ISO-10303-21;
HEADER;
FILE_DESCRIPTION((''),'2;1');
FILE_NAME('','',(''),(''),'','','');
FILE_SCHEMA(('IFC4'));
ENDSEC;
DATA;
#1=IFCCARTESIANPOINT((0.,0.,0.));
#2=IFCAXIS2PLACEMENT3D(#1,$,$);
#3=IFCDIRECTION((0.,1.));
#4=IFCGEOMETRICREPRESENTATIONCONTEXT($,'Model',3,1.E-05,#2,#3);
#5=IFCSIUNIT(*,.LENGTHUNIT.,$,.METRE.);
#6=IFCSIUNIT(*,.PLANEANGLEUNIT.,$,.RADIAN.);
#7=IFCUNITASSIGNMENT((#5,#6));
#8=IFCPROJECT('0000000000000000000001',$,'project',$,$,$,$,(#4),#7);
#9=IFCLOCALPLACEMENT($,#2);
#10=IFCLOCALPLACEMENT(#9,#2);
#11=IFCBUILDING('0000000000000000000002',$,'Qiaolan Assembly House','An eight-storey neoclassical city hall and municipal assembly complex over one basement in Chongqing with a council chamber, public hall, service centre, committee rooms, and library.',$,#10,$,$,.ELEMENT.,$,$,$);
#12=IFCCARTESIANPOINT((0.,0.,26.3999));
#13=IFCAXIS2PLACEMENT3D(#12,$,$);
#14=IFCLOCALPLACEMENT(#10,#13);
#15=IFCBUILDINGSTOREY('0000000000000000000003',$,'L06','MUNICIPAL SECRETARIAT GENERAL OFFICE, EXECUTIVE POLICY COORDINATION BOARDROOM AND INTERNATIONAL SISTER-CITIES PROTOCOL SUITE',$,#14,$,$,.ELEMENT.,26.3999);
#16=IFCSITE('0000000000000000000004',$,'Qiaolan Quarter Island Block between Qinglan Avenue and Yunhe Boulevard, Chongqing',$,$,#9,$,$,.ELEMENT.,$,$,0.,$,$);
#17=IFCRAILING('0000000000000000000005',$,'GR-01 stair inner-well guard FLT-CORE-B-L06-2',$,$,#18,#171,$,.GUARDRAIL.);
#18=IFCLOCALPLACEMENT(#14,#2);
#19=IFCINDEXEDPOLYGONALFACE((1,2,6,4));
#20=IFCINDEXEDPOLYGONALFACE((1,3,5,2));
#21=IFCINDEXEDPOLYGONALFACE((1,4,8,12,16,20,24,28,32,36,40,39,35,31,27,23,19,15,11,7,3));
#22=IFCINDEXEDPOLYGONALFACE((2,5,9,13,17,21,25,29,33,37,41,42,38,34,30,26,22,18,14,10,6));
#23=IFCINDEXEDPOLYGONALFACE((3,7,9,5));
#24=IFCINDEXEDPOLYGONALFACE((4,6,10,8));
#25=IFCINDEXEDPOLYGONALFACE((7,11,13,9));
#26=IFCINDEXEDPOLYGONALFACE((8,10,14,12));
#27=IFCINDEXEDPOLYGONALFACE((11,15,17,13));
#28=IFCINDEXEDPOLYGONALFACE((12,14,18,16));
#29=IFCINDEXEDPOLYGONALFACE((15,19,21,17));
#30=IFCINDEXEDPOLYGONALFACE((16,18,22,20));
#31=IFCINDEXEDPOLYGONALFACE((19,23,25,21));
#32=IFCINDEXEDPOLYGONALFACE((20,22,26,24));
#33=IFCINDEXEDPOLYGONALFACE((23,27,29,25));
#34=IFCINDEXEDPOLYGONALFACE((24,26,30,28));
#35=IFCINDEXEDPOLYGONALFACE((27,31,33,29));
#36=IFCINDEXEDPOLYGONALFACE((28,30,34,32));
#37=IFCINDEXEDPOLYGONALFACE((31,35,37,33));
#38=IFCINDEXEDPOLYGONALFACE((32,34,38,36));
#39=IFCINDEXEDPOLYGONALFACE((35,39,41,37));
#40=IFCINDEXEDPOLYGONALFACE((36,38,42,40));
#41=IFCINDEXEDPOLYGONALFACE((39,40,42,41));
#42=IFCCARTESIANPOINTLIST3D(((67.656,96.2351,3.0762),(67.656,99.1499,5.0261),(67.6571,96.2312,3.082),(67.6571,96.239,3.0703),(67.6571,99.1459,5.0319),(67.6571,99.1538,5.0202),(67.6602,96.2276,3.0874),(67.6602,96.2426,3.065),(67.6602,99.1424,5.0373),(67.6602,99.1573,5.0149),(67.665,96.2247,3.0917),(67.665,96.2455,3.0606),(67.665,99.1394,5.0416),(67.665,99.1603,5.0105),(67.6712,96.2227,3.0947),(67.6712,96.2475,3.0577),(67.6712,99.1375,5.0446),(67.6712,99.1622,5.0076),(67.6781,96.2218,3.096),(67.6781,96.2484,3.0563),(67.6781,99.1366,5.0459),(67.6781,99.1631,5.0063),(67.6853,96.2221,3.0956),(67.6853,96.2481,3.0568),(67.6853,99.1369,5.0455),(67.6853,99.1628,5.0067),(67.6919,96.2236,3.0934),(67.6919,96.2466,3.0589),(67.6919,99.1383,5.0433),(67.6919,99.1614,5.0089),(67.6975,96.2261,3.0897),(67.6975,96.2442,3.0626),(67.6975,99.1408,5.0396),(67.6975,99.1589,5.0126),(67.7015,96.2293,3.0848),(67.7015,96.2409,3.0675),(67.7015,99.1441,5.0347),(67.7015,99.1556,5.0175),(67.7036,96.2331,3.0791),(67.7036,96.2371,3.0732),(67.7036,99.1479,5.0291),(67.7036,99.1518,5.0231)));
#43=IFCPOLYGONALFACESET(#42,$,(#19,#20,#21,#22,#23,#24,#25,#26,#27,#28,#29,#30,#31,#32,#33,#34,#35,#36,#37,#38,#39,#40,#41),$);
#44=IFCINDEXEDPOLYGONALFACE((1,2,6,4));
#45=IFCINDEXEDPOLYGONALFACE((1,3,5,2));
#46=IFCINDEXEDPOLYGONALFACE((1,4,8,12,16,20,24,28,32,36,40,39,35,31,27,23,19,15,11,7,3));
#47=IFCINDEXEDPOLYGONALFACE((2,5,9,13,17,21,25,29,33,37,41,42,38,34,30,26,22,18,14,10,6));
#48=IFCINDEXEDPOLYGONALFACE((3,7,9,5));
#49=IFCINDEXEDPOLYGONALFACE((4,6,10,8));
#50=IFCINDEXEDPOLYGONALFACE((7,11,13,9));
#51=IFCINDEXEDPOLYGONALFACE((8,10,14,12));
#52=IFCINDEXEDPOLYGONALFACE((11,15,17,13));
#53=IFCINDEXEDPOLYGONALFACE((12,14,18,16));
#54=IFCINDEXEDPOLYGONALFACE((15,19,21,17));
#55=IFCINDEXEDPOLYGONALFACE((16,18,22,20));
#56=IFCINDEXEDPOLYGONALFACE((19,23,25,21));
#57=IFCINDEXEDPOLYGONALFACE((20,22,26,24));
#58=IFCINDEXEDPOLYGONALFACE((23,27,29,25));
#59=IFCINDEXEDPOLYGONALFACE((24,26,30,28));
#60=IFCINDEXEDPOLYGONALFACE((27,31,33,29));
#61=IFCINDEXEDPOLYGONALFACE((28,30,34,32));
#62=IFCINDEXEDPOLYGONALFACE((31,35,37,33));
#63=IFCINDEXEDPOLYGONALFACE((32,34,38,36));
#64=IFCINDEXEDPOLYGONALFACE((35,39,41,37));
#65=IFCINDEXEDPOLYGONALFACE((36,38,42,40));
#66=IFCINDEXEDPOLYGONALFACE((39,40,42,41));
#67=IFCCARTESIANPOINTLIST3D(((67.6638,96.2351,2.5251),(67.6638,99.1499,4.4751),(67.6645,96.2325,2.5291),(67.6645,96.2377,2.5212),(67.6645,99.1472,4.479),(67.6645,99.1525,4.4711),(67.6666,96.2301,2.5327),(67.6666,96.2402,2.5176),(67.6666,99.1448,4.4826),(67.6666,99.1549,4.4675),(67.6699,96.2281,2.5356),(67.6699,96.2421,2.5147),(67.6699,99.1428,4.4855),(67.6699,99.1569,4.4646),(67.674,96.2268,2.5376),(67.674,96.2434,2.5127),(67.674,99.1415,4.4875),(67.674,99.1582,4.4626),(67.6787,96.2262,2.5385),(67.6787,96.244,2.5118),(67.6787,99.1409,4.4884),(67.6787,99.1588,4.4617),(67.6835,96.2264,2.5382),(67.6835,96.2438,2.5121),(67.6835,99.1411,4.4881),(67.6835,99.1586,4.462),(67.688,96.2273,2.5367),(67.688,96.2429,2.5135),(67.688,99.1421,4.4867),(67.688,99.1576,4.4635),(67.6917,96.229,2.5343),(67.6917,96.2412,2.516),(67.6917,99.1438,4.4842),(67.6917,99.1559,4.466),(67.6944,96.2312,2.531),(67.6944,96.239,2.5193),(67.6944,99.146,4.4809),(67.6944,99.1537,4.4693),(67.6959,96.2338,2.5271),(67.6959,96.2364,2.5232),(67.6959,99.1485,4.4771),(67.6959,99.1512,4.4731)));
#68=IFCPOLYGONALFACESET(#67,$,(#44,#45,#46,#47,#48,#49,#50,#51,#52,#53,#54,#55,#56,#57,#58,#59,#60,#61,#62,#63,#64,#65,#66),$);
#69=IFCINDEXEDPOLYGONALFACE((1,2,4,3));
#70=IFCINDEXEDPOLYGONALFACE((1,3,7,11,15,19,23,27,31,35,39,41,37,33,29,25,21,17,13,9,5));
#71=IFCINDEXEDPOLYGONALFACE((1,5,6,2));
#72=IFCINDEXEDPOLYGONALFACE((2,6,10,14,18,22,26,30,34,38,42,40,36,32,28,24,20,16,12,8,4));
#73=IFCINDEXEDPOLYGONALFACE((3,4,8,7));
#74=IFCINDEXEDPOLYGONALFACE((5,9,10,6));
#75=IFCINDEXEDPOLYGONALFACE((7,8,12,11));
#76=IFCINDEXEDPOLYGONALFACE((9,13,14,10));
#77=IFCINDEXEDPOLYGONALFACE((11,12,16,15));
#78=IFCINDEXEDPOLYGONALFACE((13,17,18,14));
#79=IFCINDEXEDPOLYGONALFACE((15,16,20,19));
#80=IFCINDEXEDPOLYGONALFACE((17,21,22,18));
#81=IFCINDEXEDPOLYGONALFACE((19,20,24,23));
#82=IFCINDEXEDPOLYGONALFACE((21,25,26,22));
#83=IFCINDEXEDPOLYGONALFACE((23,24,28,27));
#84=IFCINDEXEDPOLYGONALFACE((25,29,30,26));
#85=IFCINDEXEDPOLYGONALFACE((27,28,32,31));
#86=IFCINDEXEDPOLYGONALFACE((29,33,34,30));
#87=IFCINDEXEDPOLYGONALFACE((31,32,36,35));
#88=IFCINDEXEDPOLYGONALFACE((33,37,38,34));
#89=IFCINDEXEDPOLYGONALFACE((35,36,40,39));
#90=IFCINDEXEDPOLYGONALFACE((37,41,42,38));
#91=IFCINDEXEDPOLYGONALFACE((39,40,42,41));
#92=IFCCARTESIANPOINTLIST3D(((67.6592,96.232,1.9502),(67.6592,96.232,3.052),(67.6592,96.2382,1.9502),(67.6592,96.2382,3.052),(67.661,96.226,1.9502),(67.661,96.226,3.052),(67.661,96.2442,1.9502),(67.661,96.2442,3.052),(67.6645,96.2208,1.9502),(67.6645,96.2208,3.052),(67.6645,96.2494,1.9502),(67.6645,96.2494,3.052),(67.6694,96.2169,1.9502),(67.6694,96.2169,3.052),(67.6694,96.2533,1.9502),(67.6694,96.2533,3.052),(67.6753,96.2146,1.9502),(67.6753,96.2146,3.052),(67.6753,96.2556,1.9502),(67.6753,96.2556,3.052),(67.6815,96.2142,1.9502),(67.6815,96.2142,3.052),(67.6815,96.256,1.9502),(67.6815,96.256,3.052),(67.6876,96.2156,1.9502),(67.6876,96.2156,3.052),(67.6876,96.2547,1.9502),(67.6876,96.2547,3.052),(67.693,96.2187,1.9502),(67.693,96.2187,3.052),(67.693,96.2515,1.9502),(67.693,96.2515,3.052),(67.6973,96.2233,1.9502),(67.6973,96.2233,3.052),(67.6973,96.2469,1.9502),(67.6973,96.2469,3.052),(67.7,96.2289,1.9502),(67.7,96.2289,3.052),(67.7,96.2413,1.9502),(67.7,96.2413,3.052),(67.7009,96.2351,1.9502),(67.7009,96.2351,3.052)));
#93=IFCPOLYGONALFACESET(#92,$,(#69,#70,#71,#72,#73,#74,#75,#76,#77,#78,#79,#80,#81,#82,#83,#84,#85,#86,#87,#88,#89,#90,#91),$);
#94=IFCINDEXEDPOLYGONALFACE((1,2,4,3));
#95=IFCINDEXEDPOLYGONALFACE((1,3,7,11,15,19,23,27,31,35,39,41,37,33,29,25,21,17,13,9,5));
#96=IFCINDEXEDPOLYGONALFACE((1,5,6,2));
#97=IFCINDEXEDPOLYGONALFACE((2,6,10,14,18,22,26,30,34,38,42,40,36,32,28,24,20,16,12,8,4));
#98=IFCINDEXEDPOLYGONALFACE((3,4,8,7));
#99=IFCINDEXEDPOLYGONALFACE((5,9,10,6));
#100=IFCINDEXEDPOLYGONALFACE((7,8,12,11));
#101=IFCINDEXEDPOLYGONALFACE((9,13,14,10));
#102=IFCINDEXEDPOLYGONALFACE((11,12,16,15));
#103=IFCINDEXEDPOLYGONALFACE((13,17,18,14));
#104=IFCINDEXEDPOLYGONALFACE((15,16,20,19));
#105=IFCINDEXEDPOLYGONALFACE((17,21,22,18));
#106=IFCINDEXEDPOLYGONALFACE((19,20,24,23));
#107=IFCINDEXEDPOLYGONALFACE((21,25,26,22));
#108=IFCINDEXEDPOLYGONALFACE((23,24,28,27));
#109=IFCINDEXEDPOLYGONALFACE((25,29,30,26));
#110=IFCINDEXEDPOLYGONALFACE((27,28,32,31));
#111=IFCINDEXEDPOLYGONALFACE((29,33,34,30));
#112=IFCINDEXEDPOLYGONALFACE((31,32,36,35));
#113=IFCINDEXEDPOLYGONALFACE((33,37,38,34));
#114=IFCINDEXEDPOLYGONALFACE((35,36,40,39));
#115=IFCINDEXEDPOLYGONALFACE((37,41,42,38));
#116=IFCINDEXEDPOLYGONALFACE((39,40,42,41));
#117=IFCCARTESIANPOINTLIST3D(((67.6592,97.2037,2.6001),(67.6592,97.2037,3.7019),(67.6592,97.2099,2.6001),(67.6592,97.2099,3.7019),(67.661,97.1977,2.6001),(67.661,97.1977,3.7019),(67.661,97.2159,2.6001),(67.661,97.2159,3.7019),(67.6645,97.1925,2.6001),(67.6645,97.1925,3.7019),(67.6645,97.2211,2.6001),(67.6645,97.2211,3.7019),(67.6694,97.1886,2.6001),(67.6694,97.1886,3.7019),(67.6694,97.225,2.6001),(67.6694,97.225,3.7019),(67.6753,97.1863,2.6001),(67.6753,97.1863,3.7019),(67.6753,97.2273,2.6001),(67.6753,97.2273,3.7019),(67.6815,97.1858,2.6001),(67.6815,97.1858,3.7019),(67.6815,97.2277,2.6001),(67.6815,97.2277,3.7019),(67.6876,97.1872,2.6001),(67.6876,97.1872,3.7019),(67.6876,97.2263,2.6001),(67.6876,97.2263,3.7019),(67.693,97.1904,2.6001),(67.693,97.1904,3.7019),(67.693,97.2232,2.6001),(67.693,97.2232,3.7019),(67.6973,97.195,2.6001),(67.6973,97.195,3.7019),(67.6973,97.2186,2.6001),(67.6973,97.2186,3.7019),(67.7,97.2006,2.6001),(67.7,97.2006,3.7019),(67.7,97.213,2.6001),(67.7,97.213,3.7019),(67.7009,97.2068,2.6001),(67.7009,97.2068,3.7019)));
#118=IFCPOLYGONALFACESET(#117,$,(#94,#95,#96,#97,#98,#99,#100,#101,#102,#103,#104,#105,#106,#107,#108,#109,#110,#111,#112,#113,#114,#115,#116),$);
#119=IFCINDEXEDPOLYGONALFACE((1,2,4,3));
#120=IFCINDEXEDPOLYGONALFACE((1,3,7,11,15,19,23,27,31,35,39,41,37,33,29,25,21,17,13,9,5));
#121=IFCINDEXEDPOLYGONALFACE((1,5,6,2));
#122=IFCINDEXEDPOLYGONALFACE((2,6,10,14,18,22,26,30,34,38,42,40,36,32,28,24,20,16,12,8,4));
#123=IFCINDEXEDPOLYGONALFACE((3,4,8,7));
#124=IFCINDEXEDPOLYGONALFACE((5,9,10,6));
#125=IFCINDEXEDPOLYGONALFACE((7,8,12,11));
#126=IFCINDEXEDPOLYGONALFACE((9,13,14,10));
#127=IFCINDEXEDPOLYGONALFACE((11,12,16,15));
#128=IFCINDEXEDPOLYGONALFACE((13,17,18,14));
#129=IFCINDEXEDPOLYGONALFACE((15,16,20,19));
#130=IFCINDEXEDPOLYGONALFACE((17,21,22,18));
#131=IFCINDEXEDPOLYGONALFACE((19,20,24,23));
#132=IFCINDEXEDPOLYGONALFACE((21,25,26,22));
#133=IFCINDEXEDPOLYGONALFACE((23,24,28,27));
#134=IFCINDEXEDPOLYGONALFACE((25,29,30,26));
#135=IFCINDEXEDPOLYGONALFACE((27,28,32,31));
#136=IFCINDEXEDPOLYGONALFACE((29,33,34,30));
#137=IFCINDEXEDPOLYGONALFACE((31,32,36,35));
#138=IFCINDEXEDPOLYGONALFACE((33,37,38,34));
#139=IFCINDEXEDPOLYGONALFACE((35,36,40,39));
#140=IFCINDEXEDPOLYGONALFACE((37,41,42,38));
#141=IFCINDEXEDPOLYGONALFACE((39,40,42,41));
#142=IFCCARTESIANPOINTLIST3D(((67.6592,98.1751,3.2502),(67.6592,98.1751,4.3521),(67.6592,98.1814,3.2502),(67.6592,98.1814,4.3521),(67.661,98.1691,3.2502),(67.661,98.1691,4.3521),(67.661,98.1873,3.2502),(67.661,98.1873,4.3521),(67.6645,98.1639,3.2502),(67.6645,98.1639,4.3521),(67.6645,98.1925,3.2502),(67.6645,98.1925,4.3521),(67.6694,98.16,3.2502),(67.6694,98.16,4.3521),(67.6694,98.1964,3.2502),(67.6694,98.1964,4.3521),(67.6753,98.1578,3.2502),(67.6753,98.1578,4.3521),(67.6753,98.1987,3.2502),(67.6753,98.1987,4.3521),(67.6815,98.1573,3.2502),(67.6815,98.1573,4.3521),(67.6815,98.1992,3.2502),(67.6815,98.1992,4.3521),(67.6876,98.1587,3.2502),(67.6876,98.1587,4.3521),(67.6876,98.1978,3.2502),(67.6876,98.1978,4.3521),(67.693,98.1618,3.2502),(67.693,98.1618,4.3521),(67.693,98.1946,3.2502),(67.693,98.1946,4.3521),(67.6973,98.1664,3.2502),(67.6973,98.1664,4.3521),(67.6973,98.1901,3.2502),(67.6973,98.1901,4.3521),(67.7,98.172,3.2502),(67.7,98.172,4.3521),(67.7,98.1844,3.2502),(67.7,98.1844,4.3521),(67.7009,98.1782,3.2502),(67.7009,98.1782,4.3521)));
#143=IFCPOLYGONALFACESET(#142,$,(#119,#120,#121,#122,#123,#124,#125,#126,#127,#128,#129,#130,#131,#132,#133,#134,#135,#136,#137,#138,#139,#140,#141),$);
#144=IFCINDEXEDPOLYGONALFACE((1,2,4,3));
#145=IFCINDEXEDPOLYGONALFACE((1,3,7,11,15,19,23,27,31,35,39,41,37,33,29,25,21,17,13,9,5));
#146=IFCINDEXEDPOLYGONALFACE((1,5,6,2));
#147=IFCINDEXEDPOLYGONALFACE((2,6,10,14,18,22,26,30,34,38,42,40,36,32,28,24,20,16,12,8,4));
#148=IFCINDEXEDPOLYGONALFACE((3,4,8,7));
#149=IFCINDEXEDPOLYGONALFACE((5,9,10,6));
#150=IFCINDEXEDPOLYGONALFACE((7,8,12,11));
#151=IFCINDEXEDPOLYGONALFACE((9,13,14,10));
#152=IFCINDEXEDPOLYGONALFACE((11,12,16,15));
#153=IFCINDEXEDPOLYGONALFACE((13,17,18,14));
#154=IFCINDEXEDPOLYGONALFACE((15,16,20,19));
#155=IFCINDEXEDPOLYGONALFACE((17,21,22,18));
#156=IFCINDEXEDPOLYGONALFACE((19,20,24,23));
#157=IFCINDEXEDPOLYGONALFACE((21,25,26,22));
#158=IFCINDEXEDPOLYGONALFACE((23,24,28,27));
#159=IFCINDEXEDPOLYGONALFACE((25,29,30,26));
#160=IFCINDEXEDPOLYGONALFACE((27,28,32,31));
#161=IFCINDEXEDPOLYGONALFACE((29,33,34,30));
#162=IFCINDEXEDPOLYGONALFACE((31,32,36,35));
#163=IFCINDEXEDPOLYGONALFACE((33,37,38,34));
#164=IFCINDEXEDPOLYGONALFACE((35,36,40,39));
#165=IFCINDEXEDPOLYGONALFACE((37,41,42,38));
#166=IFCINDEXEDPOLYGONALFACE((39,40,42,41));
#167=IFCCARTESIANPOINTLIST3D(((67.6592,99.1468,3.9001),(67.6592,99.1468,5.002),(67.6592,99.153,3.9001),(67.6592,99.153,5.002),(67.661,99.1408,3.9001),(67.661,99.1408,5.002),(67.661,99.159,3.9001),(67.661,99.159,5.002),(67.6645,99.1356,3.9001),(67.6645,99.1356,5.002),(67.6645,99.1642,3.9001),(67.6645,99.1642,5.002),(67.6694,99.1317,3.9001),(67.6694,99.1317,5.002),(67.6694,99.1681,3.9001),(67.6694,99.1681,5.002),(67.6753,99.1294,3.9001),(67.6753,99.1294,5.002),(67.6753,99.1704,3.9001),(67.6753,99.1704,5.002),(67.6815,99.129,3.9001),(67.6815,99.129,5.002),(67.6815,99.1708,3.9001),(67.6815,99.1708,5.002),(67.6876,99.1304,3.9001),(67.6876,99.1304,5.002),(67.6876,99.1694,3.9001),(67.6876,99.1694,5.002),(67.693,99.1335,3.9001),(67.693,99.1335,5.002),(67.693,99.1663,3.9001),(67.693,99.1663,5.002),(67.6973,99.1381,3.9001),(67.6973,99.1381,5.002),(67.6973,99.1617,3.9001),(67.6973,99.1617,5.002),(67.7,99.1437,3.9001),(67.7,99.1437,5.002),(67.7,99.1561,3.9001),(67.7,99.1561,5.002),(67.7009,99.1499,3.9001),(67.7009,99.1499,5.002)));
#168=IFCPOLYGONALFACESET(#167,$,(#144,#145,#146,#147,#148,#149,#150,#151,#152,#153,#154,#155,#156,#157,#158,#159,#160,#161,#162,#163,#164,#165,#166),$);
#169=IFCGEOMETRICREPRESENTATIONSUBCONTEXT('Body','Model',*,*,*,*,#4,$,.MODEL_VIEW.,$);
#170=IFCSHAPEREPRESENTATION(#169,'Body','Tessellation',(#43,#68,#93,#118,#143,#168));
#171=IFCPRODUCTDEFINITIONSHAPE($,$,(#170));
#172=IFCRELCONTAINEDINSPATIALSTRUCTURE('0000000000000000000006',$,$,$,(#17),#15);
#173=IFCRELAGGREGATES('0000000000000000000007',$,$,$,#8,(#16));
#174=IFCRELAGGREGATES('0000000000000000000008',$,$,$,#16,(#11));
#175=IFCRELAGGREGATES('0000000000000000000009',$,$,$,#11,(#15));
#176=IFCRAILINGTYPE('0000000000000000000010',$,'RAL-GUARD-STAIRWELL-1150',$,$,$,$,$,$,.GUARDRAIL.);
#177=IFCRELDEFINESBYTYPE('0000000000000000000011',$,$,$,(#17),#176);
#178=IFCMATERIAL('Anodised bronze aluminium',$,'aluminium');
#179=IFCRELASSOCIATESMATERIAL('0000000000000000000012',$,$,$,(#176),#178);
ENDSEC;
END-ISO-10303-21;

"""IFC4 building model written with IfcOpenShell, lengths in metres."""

from ifc_helpers import new_model, si_unit, direction, frame, origin, origin_2d, place, context, subcontext, project, spatial, circle, extrude, material, type_object, element, save


model = new_model("IFC4")

# Units and contexts
model_context = context("Model", 3, precision=1e-05, world=origin(), true_north=direction((0.0, 1.0)))
body_context = subcontext(model_context, "Body", "Model", "MODEL_VIEW")
ifc_project = project(units=[si_unit("LENGTHUNIT", "METRE"), si_unit("PLANEANGLEUNIT", "RADIAN")], contexts=[model_context])

# Site, building, storey
site_placement = place(None, origin())
site = spatial("IfcSite", under=ifc_project, at=site_placement, Name="Qiaolan Quarter Island Block between Qinglan Avenue and Yunhe Boulevard, Chongqing", CompositionType="ELEMENT", RefElevation=0.0)
building_placement = place(site_placement, origin())
building = spatial("IfcBuilding", under=site, at=building_placement, Name="Qiaolan Assembly House", Description="An eight-storey neoclassical city hall and municipal assembly complex over one basement in Chongqing with a council chamber, public hall, service centre, committee rooms, and library.", CompositionType="ELEMENT")
storey_placement = place(building_placement, frame((0.0, 0.0, 26.3999)))
storey = spatial("IfcBuildingStorey", under=building, at=storey_placement, Name="L06", Description="MUNICIPAL SECRETARIAT GENERAL OFFICE, EXECUTIVE POLICY COORDINATION BOARDROOM AND INTERNATIONAL SISTER-CITIES PROTOCOL SUITE", CompositionType="ELEMENT", Elevation=26.3999)

# Railing
ifc_material_1 = material(Name="Anodised bronze aluminium", Category="aluminium")
railing_type_1 = type_object("IfcRailingType", Name="RAL-GUARD-STAIRWELL-1150", PredefinedType="GUARDRAIL", material=ifc_material_1)
railing_1_placement = place(storey_placement, frame((67.6799, 96.2351, 1.9502)))
element("IfcRailing", 1, at=railing_1_placement, inside=storey, type_object=railing_type_1, Name="GR-01 stair inner-well guard FLT-CORE-B-L06-2", PredefinedType="GUARDRAIL", context=body_context, shape_type="SweptSolid", body=[
    extrude(circle(Radius=0.0239, at=origin_2d()), frame((0.0, 0.0, 1.126), z_axis=(0.0, 0.83116, 0.556033), x_axis=(-1.0, 0.0, 0.0)), (0.0, 0.0, 1.0), 3.5068),
    extrude(circle(Radius=0.0161, at=origin_2d()), frame((0.0, 0.0, 0.575), z_axis=(0.0, 0.83116, 0.556033), x_axis=(-1.0, 0.0, 0.0)), (0.0, 0.0, 1.0), 3.5068),
    extrude(circle(Radius=0.021, at=origin_2d()), origin(), (0.0, 0.0, 1.0), 1.1018),
    extrude(circle(Radius=0.021, at=origin_2d()), frame((0.0, 0.9717, 0.6499)), (0.0, 0.0, 1.0), 1.1018),
    extrude(circle(Radius=0.021, at=origin_2d()), frame((0.0, 1.9431, 1.3)), (0.0, 0.0, 1.0), 1.1018),
    extrude(circle(Radius=0.021, at=origin_2d()), frame((0.0, 2.9148, 1.95)), (0.0, 0.0, 1.0), 1.1018),
])

save(model, "model.ifc")
